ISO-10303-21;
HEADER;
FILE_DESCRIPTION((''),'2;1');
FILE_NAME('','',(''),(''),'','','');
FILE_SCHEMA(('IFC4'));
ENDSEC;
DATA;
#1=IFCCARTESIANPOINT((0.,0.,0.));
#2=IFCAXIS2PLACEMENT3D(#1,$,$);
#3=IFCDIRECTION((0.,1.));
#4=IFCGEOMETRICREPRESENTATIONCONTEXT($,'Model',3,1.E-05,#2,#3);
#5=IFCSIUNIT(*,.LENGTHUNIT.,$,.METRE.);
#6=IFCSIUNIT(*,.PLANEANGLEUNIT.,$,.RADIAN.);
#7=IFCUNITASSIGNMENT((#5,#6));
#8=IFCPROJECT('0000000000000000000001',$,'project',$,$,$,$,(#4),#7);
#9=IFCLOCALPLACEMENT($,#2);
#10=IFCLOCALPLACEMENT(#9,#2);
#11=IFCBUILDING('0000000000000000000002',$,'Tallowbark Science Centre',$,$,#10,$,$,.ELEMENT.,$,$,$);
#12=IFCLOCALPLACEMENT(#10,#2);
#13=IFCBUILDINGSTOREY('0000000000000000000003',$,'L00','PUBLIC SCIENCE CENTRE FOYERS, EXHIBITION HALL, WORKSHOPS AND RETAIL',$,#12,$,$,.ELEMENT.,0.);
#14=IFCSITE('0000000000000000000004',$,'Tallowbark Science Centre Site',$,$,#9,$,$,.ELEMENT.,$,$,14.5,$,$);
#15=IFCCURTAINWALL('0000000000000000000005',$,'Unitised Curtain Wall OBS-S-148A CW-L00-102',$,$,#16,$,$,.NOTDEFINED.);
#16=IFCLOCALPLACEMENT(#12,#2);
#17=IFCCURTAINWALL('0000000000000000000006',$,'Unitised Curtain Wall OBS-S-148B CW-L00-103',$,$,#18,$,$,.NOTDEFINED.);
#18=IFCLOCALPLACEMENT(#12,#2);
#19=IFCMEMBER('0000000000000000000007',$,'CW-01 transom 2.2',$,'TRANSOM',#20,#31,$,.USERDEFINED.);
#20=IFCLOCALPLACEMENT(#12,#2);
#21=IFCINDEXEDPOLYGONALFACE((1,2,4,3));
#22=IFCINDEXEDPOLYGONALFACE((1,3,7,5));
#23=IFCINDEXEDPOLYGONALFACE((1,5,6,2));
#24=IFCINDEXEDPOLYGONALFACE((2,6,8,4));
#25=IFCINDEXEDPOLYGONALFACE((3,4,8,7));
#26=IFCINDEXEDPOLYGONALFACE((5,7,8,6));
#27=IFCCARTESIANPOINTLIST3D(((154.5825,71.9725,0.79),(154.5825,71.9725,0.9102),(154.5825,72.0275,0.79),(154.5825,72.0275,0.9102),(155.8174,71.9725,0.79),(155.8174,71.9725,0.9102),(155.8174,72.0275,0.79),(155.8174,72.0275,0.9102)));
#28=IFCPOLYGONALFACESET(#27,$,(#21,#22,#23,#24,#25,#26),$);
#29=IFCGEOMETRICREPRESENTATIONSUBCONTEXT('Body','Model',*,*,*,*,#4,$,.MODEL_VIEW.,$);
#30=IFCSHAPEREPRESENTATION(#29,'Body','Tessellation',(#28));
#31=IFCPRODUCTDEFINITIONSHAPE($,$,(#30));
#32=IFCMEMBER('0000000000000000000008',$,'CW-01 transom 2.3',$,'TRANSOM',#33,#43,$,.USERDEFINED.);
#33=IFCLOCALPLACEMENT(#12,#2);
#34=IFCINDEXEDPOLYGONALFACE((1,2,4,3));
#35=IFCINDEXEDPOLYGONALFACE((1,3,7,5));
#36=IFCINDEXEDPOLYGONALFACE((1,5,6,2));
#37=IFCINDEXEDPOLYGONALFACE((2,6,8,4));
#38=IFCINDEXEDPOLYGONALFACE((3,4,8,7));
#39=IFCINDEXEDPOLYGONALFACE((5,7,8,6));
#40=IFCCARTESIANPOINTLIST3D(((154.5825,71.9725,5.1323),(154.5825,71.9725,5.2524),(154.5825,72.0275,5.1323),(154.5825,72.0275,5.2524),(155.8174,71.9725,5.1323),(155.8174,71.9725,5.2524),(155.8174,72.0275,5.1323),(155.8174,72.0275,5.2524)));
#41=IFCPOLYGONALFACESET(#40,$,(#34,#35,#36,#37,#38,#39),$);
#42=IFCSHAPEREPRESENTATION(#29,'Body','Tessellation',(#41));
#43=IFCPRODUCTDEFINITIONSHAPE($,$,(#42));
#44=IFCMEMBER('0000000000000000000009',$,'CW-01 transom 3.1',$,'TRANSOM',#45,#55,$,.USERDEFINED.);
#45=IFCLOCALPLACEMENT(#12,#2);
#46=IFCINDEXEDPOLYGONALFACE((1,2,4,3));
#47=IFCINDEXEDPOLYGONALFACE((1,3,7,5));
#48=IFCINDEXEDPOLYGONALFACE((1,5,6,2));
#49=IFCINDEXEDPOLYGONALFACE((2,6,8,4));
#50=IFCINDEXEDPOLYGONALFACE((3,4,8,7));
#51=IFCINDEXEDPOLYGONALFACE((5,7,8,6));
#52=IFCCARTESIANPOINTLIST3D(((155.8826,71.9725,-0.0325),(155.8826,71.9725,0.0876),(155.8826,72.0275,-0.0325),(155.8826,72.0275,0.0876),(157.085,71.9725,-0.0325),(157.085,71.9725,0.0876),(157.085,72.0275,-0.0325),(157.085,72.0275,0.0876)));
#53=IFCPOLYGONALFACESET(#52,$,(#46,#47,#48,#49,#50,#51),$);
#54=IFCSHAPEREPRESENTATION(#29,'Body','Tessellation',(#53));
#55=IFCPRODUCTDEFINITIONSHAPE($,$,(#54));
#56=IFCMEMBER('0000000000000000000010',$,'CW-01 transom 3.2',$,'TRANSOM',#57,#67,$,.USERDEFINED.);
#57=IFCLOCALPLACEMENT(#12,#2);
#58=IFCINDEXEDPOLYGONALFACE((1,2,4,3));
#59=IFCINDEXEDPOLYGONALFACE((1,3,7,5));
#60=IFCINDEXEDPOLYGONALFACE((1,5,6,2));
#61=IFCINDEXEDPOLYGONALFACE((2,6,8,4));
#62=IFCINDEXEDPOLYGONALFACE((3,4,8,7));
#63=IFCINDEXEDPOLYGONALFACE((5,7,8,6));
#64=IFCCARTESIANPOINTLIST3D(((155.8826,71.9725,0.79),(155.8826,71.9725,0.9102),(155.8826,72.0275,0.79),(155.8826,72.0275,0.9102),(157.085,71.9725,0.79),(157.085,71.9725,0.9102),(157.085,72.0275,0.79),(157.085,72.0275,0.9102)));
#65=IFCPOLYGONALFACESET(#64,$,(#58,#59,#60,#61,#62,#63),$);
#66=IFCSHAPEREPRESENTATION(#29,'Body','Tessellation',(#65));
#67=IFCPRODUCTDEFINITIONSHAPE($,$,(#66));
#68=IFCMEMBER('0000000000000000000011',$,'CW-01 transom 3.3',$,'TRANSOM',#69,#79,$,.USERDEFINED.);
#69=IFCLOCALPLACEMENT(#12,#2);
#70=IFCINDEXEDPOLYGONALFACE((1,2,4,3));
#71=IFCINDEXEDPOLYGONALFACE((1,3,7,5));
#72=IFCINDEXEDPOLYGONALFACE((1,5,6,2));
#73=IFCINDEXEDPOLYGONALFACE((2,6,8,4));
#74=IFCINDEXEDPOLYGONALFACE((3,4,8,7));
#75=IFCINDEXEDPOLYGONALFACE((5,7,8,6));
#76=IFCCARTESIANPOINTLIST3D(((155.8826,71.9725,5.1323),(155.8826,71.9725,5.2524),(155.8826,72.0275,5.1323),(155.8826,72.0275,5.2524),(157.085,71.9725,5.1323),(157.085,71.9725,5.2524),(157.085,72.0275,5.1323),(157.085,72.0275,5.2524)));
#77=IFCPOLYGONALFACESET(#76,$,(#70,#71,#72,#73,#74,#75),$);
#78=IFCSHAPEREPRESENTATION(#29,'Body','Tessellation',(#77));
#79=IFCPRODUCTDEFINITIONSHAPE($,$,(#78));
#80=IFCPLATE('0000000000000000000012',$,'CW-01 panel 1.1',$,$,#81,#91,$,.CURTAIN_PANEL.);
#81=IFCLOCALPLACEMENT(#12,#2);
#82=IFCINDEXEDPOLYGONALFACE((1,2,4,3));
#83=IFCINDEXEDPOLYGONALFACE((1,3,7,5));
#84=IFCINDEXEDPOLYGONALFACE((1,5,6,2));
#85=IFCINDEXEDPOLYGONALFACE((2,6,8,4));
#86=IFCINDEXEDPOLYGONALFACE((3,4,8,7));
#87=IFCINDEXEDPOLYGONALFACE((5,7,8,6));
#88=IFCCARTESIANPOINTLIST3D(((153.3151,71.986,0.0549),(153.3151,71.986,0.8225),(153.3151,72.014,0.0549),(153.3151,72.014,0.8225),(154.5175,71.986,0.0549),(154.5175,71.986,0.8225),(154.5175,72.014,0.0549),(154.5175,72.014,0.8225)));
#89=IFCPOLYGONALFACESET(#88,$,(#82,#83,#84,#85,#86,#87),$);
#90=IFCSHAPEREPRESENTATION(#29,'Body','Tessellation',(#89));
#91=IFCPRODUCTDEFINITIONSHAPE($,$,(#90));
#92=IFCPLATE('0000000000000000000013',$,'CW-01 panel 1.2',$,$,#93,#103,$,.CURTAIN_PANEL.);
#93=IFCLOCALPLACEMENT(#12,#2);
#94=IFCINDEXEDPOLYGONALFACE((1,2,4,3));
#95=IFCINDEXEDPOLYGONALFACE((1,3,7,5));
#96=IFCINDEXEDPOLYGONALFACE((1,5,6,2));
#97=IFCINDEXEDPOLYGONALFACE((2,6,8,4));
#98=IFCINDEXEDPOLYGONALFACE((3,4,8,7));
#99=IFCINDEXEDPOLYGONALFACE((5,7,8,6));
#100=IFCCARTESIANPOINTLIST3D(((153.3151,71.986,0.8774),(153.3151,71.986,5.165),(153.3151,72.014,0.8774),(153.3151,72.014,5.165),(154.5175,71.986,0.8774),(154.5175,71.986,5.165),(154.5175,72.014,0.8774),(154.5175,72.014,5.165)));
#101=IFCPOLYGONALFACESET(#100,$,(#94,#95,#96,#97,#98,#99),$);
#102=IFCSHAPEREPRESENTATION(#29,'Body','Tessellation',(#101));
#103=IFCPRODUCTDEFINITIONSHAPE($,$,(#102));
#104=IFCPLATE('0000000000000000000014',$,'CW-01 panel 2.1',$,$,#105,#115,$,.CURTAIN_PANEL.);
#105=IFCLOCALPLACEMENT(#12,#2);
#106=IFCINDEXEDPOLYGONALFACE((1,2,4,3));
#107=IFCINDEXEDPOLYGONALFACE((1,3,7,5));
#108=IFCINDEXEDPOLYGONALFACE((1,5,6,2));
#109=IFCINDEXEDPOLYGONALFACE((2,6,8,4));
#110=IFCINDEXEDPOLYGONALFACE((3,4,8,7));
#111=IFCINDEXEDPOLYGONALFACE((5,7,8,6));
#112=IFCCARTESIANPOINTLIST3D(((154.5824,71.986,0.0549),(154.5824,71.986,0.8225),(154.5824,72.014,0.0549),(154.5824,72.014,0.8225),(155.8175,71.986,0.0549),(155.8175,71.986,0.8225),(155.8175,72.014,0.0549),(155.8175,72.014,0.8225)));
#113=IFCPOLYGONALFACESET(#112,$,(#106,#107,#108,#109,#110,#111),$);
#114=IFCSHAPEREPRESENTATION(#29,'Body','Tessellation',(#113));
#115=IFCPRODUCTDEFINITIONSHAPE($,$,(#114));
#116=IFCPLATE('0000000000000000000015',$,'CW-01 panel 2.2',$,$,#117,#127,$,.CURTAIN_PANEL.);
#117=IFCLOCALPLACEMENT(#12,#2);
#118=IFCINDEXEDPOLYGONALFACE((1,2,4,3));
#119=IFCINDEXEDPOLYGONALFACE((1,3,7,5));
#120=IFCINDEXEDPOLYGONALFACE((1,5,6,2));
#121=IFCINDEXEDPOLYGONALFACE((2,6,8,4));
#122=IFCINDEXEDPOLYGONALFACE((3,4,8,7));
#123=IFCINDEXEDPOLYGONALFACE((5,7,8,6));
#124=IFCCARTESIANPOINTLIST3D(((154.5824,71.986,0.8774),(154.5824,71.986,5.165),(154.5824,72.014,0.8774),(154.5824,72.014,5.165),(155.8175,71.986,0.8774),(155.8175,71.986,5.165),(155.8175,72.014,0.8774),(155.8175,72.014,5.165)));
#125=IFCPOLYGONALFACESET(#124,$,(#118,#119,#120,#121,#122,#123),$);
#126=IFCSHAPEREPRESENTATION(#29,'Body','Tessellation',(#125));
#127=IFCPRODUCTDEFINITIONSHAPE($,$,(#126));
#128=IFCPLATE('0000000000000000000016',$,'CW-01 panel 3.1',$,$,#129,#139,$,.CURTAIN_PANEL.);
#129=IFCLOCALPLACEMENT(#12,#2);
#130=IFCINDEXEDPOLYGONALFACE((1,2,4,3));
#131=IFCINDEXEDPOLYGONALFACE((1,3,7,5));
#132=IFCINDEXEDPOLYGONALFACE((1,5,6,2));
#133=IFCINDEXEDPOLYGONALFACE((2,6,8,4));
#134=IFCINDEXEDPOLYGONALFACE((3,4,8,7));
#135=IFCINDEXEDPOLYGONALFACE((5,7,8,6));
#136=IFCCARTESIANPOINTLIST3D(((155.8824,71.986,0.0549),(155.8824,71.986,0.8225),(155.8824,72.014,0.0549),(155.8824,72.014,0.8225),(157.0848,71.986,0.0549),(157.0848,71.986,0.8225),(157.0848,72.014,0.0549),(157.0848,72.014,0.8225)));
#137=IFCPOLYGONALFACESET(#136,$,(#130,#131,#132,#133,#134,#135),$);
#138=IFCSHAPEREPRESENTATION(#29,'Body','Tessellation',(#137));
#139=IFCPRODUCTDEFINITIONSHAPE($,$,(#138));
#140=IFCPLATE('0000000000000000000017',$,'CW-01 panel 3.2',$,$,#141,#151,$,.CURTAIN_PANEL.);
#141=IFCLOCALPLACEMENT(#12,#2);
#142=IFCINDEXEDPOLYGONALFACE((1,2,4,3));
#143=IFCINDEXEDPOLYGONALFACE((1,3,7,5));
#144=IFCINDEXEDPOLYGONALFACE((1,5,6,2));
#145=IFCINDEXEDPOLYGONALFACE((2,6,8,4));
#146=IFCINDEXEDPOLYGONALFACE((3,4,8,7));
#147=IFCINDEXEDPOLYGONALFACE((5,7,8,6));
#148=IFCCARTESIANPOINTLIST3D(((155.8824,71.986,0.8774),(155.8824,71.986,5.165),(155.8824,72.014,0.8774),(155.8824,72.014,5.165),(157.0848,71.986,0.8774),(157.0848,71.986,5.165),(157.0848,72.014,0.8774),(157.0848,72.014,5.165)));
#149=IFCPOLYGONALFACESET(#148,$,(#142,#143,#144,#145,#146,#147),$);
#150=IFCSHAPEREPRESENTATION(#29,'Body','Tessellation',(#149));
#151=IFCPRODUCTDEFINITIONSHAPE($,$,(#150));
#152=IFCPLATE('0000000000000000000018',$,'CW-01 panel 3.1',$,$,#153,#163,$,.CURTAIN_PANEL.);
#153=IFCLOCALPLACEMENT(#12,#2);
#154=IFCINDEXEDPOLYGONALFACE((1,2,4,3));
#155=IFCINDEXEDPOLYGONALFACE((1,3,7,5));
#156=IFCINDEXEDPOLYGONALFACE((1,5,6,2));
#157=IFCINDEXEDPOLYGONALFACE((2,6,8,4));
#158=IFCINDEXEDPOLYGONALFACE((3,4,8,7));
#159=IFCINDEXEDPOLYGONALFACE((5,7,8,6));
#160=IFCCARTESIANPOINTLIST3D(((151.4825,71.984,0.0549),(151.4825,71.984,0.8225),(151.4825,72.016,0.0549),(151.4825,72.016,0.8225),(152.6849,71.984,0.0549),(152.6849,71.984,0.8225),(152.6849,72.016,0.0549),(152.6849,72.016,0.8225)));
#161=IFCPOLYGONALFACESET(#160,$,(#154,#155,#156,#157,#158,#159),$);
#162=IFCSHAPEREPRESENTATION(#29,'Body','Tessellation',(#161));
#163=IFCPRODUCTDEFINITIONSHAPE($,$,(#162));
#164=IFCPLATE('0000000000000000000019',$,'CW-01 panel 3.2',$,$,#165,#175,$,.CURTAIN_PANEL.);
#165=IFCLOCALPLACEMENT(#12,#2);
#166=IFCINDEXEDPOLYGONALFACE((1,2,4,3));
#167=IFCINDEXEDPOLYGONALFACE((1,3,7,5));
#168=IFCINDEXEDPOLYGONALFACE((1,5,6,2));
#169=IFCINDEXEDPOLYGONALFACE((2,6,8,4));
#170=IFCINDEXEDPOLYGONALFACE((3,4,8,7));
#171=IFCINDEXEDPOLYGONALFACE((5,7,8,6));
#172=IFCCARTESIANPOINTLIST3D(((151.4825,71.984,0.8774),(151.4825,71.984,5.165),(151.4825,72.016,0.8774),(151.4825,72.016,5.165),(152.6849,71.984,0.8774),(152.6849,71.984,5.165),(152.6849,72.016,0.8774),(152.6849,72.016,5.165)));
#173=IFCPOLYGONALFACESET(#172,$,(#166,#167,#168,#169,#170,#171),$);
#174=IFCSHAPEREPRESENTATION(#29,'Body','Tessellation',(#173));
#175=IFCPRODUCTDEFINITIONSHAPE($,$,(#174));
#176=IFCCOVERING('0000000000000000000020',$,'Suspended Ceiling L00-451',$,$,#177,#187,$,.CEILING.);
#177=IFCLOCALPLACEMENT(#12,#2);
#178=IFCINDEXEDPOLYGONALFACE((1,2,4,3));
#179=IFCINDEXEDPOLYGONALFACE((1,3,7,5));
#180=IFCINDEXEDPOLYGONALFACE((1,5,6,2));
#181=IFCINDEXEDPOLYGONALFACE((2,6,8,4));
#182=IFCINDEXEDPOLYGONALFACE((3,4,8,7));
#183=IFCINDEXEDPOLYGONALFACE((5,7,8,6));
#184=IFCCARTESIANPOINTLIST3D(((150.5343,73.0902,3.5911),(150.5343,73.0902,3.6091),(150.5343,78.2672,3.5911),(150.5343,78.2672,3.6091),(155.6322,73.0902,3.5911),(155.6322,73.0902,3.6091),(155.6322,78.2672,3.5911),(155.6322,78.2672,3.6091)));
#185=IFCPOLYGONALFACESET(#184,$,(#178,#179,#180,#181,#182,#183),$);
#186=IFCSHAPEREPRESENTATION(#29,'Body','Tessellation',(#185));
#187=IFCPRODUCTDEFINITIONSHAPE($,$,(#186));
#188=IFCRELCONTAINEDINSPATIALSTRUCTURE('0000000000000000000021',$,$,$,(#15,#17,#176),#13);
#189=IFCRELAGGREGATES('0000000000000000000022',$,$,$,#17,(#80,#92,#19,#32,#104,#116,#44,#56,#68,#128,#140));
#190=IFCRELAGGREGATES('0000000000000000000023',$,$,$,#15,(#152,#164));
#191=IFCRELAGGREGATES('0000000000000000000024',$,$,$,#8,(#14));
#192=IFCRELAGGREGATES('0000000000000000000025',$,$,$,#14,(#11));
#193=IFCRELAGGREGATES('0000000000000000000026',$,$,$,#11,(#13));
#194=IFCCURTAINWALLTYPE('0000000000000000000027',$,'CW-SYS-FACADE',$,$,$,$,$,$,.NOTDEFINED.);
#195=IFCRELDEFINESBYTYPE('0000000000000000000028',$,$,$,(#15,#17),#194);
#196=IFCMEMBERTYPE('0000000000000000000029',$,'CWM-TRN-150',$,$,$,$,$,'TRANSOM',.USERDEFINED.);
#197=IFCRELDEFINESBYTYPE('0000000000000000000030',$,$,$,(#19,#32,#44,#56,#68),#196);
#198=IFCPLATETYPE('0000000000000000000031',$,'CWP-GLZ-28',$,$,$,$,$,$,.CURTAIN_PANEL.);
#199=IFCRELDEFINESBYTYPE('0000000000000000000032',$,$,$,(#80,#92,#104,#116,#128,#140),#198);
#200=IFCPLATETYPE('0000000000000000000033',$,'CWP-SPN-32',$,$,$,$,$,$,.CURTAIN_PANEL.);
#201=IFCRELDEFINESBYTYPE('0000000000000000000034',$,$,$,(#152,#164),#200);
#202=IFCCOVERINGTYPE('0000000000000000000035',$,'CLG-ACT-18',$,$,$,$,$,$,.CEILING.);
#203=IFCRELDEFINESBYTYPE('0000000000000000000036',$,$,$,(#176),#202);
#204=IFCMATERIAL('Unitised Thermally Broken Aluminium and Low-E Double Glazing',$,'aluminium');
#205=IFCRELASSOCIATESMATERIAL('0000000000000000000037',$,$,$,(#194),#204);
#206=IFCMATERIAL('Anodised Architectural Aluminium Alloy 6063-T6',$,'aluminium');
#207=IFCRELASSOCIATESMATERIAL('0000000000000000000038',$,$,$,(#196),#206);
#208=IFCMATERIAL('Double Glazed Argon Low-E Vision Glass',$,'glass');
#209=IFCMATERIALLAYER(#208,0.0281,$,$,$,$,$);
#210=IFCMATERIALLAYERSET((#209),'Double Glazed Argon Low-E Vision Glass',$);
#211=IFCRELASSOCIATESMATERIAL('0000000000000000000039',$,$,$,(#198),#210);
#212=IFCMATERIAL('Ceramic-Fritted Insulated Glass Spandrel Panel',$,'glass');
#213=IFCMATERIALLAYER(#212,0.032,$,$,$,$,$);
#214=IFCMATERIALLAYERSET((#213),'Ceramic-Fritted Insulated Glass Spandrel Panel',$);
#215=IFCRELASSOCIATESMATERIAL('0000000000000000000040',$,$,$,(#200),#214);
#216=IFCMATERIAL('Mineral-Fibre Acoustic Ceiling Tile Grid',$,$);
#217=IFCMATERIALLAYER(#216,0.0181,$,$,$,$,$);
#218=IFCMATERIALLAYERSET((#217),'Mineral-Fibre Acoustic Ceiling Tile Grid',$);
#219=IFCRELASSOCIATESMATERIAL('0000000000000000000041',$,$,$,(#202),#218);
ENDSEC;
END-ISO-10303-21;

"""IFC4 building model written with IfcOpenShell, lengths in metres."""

from ifc_helpers import new_model, si_unit, direction, frame, origin, origin_2d, place, context, subcontext, project, spatial, rectangle, extrude, material, layer, layer_set, material_profile, profile_set, type_object, element, aggregate, save


model = new_model("IFC4")

# Units and contexts
model_context = context("Model", 3, precision=1e-05, world=origin(), true_north=direction((0.0, 1.0)))
body_context = subcontext(model_context, "Body", "Model", "MODEL_VIEW")
ifc_project = project(units=[si_unit("LENGTHUNIT", "METRE"), si_unit("PLANEANGLEUNIT", "RADIAN")], contexts=[model_context])

# Site, building, storey
site_placement = place(None, origin())
site = spatial("IfcSite", under=ifc_project, at=site_placement, Name="Tallowbark Science Centre Site", CompositionType="ELEMENT", RefElevation=14.5)
building_placement = place(site_placement, origin())
building = spatial("IfcBuilding", under=site, at=building_placement, Name="Tallowbark Science Centre", CompositionType="ELEMENT")
storey_placement = place(building_placement, origin())
storey = spatial("IfcBuildingStorey", under=building, at=storey_placement, Name="L00", Description="PUBLIC SCIENCE CENTRE FOYERS, EXHIBITION HALL, WORKSHOPS AND RETAIL", CompositionType="ELEMENT", Elevation=0.0)

# Curtain wall
ifc_material_1 = material(Name="Unitised Thermally Broken Aluminium and Low-E Double Glazing", Category="aluminium")
curtain_wall_type = type_object("IfcCurtainWallType", Name="CW-SYS-FACADE", PredefinedType="NOTDEFINED", material=ifc_material_1)
curtain_wall_1_placement = place(storey_placement, origin())
curtain_wall_1 = element("IfcCurtainWall", 1, at=curtain_wall_1_placement, inside=storey, type_object=curtain_wall_type, Name="Unitised Curtain Wall OBS-S-148A CW-L00-102", PredefinedType="NOTDEFINED")
ifc_material_2 = material(Name="Anodised Architectural Aluminium Alloy 6063-T6", Category="aluminium")

# Curtain wall
curtain_wall_2_placement = place(storey_placement, origin())
curtain_wall_2 = element("IfcCurtainWall", 2, at=curtain_wall_2_placement, inside=storey, type_object=curtain_wall_type, Name="Unitised Curtain Wall OBS-S-148B CW-L00-103", PredefinedType="NOTDEFINED")

# Members
ifc_material_profile_1 = material_profile(ifc_material_2, rectangle(XDim=0.0549, YDim=0.1201, at=origin_2d()), Name="ALU55x120")
ifc_profile_set_1 = profile_set([ifc_material_profile_1], Name="Anodised Architectural Aluminium Alloy 6063-T6")
member_type_1 = type_object("IfcMemberType", Name="CWM-TRN-150", ElementType="TRANSOM", PredefinedType="USERDEFINED", material=ifc_profile_set_1)
member_1_placement = place(storey_placement, frame((154.5825, 72.0, 0.8501), z_axis=(1.0, 0.0, 0.0), x_axis=(0.0, 1.0, 0.0)))
member_1 = element("IfcMember", 3, at=member_1_placement, type_object=member_type_1, Name="CW-01 transom 2.2", ObjectType="TRANSOM", PredefinedType="USERDEFINED", context=body_context, shape_type="SweptSolid", body=[
    extrude(rectangle(XDim=0.0549, YDim=0.1201, at=origin_2d()), origin(), (0.0, 0.0, 1.0), 1.2349),
])
member_2_placement = place(storey_placement, frame((154.5825, 72.0, 5.1924), z_axis=(1.0, 0.0, 0.0), x_axis=(0.0, 1.0, 0.0)))
member_2 = element("IfcMember", 4, at=member_2_placement, type_object=member_type_1, Name="CW-01 transom 2.3", ObjectType="TRANSOM", PredefinedType="USERDEFINED", context=body_context, shape_type="SweptSolid", body=[
    extrude(rectangle(XDim=0.0549, YDim=0.1201, at=origin_2d()), origin(), (0.0, 0.0, 1.0), 1.2349),
])
member_3_placement = place(storey_placement, frame((155.8826, 72.0, 0.0276), z_axis=(1.0, 0.0, 0.0), x_axis=(0.0, 1.0, 0.0)))
member_3 = element("IfcMember", 5, at=member_3_placement, type_object=member_type_1, Name="CW-01 transom 3.1", ObjectType="TRANSOM", PredefinedType="USERDEFINED", context=body_context, shape_type="SweptSolid", body=[
    extrude(rectangle(XDim=0.0549, YDim=0.1201, at=origin_2d()), origin(), (0.0, 0.0, 1.0), 1.2024),
])
member_4_placement = place(storey_placement, frame((155.8826, 72.0, 0.8501), z_axis=(1.0, 0.0, 0.0), x_axis=(0.0, 1.0, 0.0)))
member_4 = element("IfcMember", 6, at=member_4_placement, type_object=member_type_1, Name="CW-01 transom 3.2", ObjectType="TRANSOM", PredefinedType="USERDEFINED", context=body_context, shape_type="SweptSolid", body=[
    extrude(rectangle(XDim=0.0549, YDim=0.1201, at=origin_2d()), origin(), (0.0, 0.0, 1.0), 1.2024),
])
member_5_placement = place(storey_placement, frame((155.8826, 72.0, 5.1924), z_axis=(1.0, 0.0, 0.0), x_axis=(0.0, 1.0, 0.0)))
member_5 = element("IfcMember", 7, at=member_5_placement, type_object=member_type_1, Name="CW-01 transom 3.3", ObjectType="TRANSOM", PredefinedType="USERDEFINED", context=body_context, shape_type="SweptSolid", body=[
    extrude(rectangle(XDim=0.0549, YDim=0.1201, at=origin_2d()), origin(), (0.0, 0.0, 1.0), 1.2024),
])

# Plates
ifc_material_3 = material(Name="Double Glazed Argon Low-E Vision Glass", Category="glass")
ifc_layer_1 = layer(ifc_material_3, 0.0281)
ifc_layer_set_1 = layer_set([ifc_layer_1], Name="Double Glazed Argon Low-E Vision Glass")
plate_type_1 = type_object("IfcPlateType", Name="CWP-GLZ-28", PredefinedType="CURTAIN_PANEL", material=ifc_layer_set_1)
plate_1_placement = place(storey_placement, frame((153.9163, 72.0, 0.0549), z_axis=(0.0, 0.0, 1.0), x_axis=(1.0, 0.0, 0.0)))
plate_1 = element("IfcPlate", 8, at=plate_1_placement, type_object=plate_type_1, Name="CW-01 panel 1.1", PredefinedType="CURTAIN_PANEL", context=body_context, shape_type="SweptSolid", body=[
    extrude(rectangle(XDim=1.2024, YDim=0.0281, at=origin_2d()), origin(), (0.0, 0.0, 1.0), 0.7676),
])
plate_2_placement = place(storey_placement, frame((153.9163, 72.0, 0.8774), z_axis=(0.0, 0.0, 1.0), x_axis=(1.0, 0.0, 0.0)))
plate_2 = element("IfcPlate", 9, at=plate_2_placement, type_object=plate_type_1, Name="CW-01 panel 1.2", PredefinedType="CURTAIN_PANEL", context=body_context, shape_type="SweptSolid", body=[
    extrude(rectangle(XDim=1.2024, YDim=0.0281, at=origin_2d()), origin(), (0.0, 0.0, 1.0), 4.2876),
])
plate_3_placement = place(storey_placement, frame((155.2, 72.0, 0.0549), z_axis=(0.0, 0.0, 1.0), x_axis=(1.0, 0.0, 0.0)))
plate_3 = element("IfcPlate", 10, at=plate_3_placement, type_object=plate_type_1, Name="CW-01 panel 2.1", PredefinedType="CURTAIN_PANEL", context=body_context, shape_type="SweptSolid", body=[
    extrude(rectangle(XDim=1.2351, YDim=0.0281, at=origin_2d()), origin(), (0.0, 0.0, 1.0), 0.7676),
])
plate_4_placement = place(storey_placement, frame((155.2, 72.0, 0.8774), z_axis=(0.0, 0.0, 1.0), x_axis=(1.0, 0.0, 0.0)))
plate_4 = element("IfcPlate", 11, at=plate_4_placement, type_object=plate_type_1, Name="CW-01 panel 2.2", PredefinedType="CURTAIN_PANEL", context=body_context, shape_type="SweptSolid", body=[
    extrude(rectangle(XDim=1.2351, YDim=0.0281, at=origin_2d()), origin(), (0.0, 0.0, 1.0), 4.2876),
])
plate_5_placement = place(storey_placement, frame((156.4836, 72.0, 0.0549), z_axis=(0.0, 0.0, 1.0), x_axis=(1.0, 0.0, 0.0)))
plate_5 = element("IfcPlate", 12, at=plate_5_placement, type_object=plate_type_1, Name="CW-01 panel 3.1", PredefinedType="CURTAIN_PANEL", context=body_context, shape_type="SweptSolid", body=[
    extrude(rectangle(XDim=1.2024, YDim=0.0281, at=origin_2d()), origin(), (0.0, 0.0, 1.0), 0.7676),
])
plate_6_placement = place(storey_placement, frame((156.4836, 72.0, 0.8774), z_axis=(0.0, 0.0, 1.0), x_axis=(1.0, 0.0, 0.0)))
plate_6 = element("IfcPlate", 13, at=plate_6_placement, type_object=plate_type_1, Name="CW-01 panel 3.2", PredefinedType="CURTAIN_PANEL", context=body_context, shape_type="SweptSolid", body=[
    extrude(rectangle(XDim=1.2024, YDim=0.0281, at=origin_2d()), origin(), (0.0, 0.0, 1.0), 4.2876),
])
aggregate(curtain_wall_2, [plate_1, plate_2, member_1, member_2, plate_3, plate_4, member_3, member_4, member_5, plate_5, plate_6])
ifc_material_4 = material(Name="Ceramic-Fritted Insulated Glass Spandrel Panel", Category="glass")
ifc_layer_2 = layer(ifc_material_4, 0.032)
ifc_layer_set_2 = layer_set([ifc_layer_2], Name="Ceramic-Fritted Insulated Glass Spandrel Panel")
plate_type_2 = type_object("IfcPlateType", Name="CWP-SPN-32", PredefinedType="CURTAIN_PANEL", material=ifc_layer_set_2)
plate_7_placement = place(storey_placement, frame((152.0837, 72.0, 0.0549), z_axis=(0.0, 0.0, 1.0), x_axis=(1.0, 0.0, 0.0)))
plate_7 = element("IfcPlate", 14, at=plate_7_placement, type_object=plate_type_2, Name="CW-01 panel 3.1", PredefinedType="CURTAIN_PANEL", context=body_context, shape_type="SweptSolid", body=[
    extrude(rectangle(XDim=1.2024, YDim=0.032, at=origin_2d()), origin(), (0.0, 0.0, 1.0), 0.7676),
])
plate_8_placement = place(storey_placement, frame((152.0837, 72.0, 0.8774), z_axis=(0.0, 0.0, 1.0), x_axis=(1.0, 0.0, 0.0)))
plate_8 = element("IfcPlate", 15, at=plate_8_placement, type_object=plate_type_2, Name="CW-01 panel 3.2", PredefinedType="CURTAIN_PANEL", context=body_context, shape_type="SweptSolid", body=[
    extrude(rectangle(XDim=1.2024, YDim=0.032, at=origin_2d()), origin(), (0.0, 0.0, 1.0), 4.2876),
])
aggregate(curtain_wall_1, [plate_7, plate_8])

# Covering
ifc_material_5 = material(Name="Mineral-Fibre Acoustic Ceiling Tile Grid")
ifc_layer_3 = layer(ifc_material_5, 0.0181)
ifc_layer_set_3 = layer_set([ifc_layer_3], Name="Mineral-Fibre Acoustic Ceiling Tile Grid")
covering_type_1 = type_object("IfcCoveringType", Name="CLG-ACT-18", PredefinedType="CEILING", material=ifc_layer_set_3)
covering_1_placement = place(storey_placement, frame((153.0833, 75.6787, 3.5911), z_axis=(0.0, 0.0, 1.0), x_axis=(1.0, 0.0, 0.0)))
element("IfcCovering", 16, at=covering_1_placement, inside=storey, type_object=covering_type_1, Name="Suspended Ceiling L00-451", PredefinedType="CEILING", context=body_context, shape_type="SweptSolid", body=[
    extrude(rectangle(XDim=5.0979, YDim=5.177, at=origin_2d()), origin(), (0.0, 0.0, 1.0), 0.0181),
])

save(model, "model.ifc")
